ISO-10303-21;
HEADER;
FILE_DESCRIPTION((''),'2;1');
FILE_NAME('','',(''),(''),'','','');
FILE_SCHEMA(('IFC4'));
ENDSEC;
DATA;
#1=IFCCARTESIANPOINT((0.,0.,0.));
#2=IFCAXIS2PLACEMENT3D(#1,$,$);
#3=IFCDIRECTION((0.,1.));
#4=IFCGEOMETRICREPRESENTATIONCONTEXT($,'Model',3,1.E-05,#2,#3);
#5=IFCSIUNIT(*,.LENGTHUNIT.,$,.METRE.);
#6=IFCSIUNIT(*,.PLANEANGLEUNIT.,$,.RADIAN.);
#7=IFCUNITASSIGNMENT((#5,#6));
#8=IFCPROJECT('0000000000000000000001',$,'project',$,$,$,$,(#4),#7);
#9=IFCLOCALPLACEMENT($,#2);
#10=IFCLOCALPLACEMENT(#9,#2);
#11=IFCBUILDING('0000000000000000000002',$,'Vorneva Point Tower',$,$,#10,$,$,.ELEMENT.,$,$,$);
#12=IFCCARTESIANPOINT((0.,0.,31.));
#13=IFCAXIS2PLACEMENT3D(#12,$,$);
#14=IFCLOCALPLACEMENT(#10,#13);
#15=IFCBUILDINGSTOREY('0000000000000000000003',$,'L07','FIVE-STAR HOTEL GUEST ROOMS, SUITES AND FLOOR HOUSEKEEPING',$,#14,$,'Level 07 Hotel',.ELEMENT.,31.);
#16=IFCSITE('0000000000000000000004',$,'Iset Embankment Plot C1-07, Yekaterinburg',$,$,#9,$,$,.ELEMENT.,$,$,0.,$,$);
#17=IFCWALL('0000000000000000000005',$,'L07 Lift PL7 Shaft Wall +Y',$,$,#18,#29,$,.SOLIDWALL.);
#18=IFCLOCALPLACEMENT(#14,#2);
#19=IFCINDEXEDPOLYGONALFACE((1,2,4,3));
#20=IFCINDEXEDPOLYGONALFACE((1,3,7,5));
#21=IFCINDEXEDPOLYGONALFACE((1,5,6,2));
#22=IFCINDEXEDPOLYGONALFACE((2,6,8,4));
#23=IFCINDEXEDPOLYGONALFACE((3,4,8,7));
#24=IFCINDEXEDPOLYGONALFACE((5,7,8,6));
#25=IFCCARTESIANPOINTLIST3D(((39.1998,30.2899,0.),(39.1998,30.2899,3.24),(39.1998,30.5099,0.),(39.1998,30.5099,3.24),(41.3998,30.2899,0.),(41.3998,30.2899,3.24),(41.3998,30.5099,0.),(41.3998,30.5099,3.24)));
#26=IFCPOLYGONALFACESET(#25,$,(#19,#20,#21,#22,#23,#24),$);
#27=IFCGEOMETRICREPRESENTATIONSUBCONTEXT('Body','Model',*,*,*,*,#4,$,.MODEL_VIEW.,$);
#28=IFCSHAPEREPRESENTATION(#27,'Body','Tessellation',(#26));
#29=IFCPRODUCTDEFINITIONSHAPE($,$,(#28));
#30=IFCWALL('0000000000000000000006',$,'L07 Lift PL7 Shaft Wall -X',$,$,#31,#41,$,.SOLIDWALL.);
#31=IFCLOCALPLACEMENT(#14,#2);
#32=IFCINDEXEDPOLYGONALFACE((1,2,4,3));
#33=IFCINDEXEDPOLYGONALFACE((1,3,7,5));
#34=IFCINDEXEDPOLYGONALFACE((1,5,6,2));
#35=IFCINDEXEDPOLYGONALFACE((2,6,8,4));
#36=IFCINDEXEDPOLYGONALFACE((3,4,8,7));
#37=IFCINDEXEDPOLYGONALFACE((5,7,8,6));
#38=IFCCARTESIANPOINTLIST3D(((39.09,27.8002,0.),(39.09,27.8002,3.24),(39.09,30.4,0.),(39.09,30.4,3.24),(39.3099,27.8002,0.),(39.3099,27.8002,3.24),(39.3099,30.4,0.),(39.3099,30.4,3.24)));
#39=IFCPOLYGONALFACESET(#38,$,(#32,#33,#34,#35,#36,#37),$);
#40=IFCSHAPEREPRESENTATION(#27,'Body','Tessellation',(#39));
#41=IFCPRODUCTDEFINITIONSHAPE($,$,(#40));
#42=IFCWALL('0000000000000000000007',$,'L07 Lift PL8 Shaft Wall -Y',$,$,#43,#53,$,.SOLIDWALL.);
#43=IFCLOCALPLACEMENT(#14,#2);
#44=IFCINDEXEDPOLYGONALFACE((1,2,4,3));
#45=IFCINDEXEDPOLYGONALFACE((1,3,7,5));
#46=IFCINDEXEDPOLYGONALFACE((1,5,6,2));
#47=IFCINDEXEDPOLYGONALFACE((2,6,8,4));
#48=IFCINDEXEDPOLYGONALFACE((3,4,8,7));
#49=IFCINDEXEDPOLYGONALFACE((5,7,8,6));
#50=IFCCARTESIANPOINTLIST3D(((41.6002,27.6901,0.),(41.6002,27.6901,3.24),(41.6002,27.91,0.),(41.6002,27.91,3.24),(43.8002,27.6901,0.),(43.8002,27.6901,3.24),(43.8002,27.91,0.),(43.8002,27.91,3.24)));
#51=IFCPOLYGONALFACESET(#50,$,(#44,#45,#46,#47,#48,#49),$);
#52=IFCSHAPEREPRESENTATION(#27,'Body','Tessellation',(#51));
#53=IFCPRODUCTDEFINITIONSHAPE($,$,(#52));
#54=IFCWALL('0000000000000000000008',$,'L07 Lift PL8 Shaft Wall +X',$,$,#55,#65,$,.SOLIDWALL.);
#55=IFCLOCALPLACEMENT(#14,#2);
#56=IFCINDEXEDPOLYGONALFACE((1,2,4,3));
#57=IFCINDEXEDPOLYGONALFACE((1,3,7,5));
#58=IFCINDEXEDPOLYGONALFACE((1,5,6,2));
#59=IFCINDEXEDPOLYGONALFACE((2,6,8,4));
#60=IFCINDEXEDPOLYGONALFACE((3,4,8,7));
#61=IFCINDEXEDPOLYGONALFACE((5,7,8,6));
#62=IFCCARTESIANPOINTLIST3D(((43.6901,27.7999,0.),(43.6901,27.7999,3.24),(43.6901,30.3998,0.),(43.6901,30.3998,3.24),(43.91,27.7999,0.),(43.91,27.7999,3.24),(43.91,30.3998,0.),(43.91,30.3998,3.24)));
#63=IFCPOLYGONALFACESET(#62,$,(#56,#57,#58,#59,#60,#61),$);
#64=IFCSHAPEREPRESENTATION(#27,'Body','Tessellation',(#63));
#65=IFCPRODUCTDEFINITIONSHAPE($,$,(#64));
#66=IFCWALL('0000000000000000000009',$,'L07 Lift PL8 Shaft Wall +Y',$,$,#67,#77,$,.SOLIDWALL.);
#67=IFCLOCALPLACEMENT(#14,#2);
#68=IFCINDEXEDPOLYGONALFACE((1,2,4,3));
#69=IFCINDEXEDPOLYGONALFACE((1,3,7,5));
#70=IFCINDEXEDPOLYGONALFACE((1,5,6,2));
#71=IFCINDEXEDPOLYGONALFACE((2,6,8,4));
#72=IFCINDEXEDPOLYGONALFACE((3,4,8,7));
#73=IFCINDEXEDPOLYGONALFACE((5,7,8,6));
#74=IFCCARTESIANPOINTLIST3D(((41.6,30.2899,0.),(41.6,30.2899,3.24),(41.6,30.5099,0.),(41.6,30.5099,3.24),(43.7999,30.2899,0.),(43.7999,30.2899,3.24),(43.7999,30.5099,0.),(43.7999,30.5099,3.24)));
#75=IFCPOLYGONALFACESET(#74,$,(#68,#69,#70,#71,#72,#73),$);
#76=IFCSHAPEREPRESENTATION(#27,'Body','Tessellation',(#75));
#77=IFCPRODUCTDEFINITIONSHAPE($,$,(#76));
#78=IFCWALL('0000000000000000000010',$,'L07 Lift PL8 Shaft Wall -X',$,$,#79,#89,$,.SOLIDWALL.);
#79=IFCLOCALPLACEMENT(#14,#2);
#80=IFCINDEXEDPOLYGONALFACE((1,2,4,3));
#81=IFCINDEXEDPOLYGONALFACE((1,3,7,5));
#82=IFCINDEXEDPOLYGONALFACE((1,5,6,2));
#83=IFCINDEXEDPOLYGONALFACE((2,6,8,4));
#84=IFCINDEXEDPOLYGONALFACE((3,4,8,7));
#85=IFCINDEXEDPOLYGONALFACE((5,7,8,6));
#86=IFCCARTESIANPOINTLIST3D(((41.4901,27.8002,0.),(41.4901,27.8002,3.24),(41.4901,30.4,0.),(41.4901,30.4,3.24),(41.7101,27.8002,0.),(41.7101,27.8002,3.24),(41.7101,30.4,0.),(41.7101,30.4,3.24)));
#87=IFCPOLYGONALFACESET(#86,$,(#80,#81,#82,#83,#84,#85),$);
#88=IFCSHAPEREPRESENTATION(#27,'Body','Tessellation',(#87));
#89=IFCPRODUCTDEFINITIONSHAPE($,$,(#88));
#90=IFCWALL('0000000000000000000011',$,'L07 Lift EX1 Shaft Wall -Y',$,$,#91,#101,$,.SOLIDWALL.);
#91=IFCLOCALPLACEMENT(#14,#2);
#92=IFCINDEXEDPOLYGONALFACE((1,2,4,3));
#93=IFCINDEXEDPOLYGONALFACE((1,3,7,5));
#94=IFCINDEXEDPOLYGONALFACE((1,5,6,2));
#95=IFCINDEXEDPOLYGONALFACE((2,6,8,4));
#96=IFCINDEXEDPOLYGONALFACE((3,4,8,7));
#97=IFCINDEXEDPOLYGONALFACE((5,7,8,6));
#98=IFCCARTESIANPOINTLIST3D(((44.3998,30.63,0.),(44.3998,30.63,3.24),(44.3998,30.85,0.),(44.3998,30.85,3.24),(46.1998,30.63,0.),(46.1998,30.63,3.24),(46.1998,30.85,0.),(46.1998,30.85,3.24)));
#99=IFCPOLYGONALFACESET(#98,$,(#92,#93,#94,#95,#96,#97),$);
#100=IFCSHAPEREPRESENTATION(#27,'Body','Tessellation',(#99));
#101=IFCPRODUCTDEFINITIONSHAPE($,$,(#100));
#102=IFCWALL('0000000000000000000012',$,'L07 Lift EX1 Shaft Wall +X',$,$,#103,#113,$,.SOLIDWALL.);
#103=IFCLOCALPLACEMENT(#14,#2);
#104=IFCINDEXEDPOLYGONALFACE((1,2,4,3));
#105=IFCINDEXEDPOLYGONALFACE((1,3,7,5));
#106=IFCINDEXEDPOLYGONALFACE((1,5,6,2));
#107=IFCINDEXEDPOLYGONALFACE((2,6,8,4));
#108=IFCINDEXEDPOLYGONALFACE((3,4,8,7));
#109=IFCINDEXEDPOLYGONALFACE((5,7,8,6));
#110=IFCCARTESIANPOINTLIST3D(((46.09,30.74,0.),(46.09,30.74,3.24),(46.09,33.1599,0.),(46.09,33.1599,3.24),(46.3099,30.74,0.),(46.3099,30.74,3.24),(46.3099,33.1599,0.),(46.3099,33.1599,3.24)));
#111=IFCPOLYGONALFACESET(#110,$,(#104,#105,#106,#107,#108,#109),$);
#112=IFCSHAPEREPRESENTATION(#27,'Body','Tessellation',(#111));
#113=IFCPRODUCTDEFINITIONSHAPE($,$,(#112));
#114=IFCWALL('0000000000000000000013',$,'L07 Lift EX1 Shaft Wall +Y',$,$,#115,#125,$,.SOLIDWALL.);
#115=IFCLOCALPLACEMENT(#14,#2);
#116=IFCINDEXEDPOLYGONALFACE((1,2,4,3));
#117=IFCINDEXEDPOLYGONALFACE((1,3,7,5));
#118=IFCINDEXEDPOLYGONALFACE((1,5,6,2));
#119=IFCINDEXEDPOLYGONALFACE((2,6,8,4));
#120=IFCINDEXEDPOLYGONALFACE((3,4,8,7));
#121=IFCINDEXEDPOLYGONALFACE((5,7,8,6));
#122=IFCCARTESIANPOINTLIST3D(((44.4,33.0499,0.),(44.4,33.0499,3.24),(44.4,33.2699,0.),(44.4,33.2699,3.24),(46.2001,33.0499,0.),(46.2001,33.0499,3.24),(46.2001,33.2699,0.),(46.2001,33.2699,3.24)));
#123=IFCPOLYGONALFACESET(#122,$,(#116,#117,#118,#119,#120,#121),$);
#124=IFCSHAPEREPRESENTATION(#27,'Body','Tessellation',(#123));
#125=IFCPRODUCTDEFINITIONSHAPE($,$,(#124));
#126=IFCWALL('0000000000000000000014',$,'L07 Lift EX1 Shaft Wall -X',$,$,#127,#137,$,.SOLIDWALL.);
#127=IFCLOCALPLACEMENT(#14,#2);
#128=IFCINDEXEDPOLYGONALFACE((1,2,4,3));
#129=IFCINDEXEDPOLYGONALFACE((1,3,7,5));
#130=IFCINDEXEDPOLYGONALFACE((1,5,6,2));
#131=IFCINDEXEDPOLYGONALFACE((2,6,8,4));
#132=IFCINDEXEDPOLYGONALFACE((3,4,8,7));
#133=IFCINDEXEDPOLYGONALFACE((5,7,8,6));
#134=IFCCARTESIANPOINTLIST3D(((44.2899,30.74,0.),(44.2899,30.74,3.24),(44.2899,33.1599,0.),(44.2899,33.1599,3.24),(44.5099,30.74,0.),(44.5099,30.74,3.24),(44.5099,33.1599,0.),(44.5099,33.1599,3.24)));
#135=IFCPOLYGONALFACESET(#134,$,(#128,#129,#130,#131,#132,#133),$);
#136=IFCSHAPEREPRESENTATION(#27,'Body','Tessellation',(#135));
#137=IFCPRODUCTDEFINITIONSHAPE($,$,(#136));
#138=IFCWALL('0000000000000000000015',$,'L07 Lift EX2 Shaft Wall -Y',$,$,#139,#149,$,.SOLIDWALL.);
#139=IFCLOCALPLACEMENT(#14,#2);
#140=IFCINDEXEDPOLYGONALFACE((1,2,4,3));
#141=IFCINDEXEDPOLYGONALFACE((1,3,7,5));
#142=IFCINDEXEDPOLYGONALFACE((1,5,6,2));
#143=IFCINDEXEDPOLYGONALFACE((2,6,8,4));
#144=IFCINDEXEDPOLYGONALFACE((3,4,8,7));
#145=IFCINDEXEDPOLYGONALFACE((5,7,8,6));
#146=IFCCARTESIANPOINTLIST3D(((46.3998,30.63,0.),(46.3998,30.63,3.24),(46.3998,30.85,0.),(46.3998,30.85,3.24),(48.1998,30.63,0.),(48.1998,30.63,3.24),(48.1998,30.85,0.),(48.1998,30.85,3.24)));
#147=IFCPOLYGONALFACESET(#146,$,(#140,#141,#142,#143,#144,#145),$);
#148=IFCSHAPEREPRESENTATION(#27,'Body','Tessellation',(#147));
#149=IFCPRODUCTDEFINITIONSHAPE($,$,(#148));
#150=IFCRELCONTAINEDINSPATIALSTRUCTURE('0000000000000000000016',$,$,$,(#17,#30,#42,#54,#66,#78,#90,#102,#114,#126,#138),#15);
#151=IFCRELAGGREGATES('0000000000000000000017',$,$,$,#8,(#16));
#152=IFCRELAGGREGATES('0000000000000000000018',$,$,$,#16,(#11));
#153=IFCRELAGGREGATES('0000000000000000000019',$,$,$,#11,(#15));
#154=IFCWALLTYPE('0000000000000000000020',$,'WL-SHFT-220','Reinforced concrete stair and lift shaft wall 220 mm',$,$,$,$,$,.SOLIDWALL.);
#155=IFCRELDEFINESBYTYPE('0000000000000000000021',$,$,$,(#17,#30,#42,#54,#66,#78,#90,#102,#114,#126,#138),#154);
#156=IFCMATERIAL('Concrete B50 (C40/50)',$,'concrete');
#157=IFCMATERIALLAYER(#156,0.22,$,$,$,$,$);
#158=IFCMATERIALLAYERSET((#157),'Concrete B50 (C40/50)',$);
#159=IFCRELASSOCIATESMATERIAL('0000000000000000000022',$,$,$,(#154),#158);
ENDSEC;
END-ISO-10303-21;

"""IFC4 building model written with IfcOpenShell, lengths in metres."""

from ifc_helpers import new_model, si_unit, direction, frame, frame_2d, origin, place, context, subcontext, project, spatial, rectangle, extrude, material, layer, layer_set, type_object, element, save


model = new_model("IFC4")

# Units and contexts
model_context = context("Model", 3, precision=1e-05, world=origin(), true_north=direction((0.0, 1.0)))
body_context = subcontext(model_context, "Body", "Model", "MODEL_VIEW")
ifc_project = project(units=[si_unit("LENGTHUNIT", "METRE"), si_unit("PLANEANGLEUNIT", "RADIAN")], contexts=[model_context])

# Site, building, storey
site_placement = place(None, origin())
site = spatial("IfcSite", under=ifc_project, at=site_placement, Name="Iset Embankment Plot C1-07, Yekaterinburg", CompositionType="ELEMENT", RefElevation=0.0)
building_placement = place(site_placement, origin())
building = spatial("IfcBuilding", under=site, at=building_placement, Name="Vorneva Point Tower", CompositionType="ELEMENT")
storey_placement = place(building_placement, frame((0.0, 0.0, 31.0)))
storey = spatial("IfcBuildingStorey", under=building, at=storey_placement, Name="L07", Description="FIVE-STAR HOTEL GUEST ROOMS, SUITES AND FLOOR HOUSEKEEPING", LongName="Level 07 Hotel", CompositionType="ELEMENT", Elevation=31.0)

# Walls
ifc_material_1 = material(Name="Concrete B50 (C40/50)", Category="concrete")
ifc_layer_1 = layer(ifc_material_1, 0.22)
ifc_layer_set_1 = layer_set([ifc_layer_1], Name="Concrete B50 (C40/50)")
wall_type_1 = type_object("IfcWallType", Name="WL-SHFT-220", Description="Reinforced concrete stair and lift shaft wall 220 mm", PredefinedType="SOLIDWALL", material=ifc_layer_set_1)
wall_1_placement = place(storey_placement, frame((41.3999, 30.3999, 0.0), z_axis=(0.0, 0.0, 1.0), x_axis=(-1.0, 0.0, 0.0)))
element("IfcWall", 1, at=wall_1_placement, inside=storey, type_object=wall_type_1, Name="L07 Lift PL7 Shaft Wall +Y", PredefinedType="SOLIDWALL", context=body_context, shape_type="SweptSolid", body=[
    extrude(rectangle(XDim=2.2, YDim=0.22, at=frame_2d((1.1001, 0.0))), origin(), (0.0, 0.0, 1.0), 3.24),
])
wall_2_placement = place(storey_placement, frame((39.2, 30.3999, 0.0), z_axis=(0.0, 0.0, 1.0), x_axis=(0.0, -1.0, 0.0)))
element("IfcWall", 2, at=wall_2_placement, inside=storey, type_object=wall_type_1, Name="L07 Lift PL7 Shaft Wall -X", PredefinedType="SOLIDWALL", context=body_context, shape_type="SweptSolid", body=[
    extrude(rectangle(XDim=2.5999, YDim=0.22, at=frame_2d((1.2998, 0.0))), origin(), (0.0, 0.0, 1.0), 3.24),
])
wall_3_placement = place(storey_placement, frame((41.6001, 27.8, 0.0), z_axis=(0.0, 0.0, 1.0), x_axis=(1.0, 0.0, 0.0)))
element("IfcWall", 3, at=wall_3_placement, inside=storey, type_object=wall_type_1, Name="L07 Lift PL8 Shaft Wall -Y", PredefinedType="SOLIDWALL", context=body_context, shape_type="SweptSolid", body=[
    extrude(rectangle(XDim=2.2, YDim=0.22, at=frame_2d((1.1001, 0.0))), origin(), (0.0, 0.0, 1.0), 3.24),
])
wall_4_placement = place(storey_placement, frame((43.8, 27.8, 0.0), z_axis=(0.0, 0.0, 1.0), x_axis=(0.0, 1.0, 0.0)))
element("IfcWall", 4, at=wall_4_placement, inside=storey, type_object=wall_type_1, Name="L07 Lift PL8 Shaft Wall +X", PredefinedType="SOLIDWALL", context=body_context, shape_type="SweptSolid", body=[
    extrude(rectangle(XDim=2.5999, YDim=0.22, at=frame_2d((1.2998, 0.0))), origin(), (0.0, 0.0, 1.0), 3.24),
])
wall_5_placement = place(storey_placement, frame((43.8, 30.3999, 0.0), z_axis=(0.0, 0.0, 1.0), x_axis=(-1.0, 0.0, 0.0)))
element("IfcWall", 5, at=wall_5_placement, inside=storey, type_object=wall_type_1, Name="L07 Lift PL8 Shaft Wall +Y", PredefinedType="SOLIDWALL", context=body_context, shape_type="SweptSolid", body=[
    extrude(rectangle(XDim=2.2, YDim=0.22, at=frame_2d((1.1001, 0.0))), origin(), (0.0, 0.0, 1.0), 3.24),
])
wall_6_placement = place(storey_placement, frame((41.6001, 30.3999, 0.0), z_axis=(0.0, 0.0, 1.0), x_axis=(0.0, -1.0, 0.0)))
element("IfcWall", 6, at=wall_6_placement, inside=storey, type_object=wall_type_1, Name="L07 Lift PL8 Shaft Wall -X", PredefinedType="SOLIDWALL", context=body_context, shape_type="SweptSolid", body=[
    extrude(rectangle(XDim=2.5999, YDim=0.22, at=frame_2d((1.2998, 0.0))), origin(), (0.0, 0.0, 1.0), 3.24),
])
wall_7_placement = place(storey_placement, frame((44.3999, 30.74, 0.0), z_axis=(0.0, 0.0, 1.0), x_axis=(1.0, 0.0, 0.0)))
element("IfcWall", 7, at=wall_7_placement, inside=storey, type_object=wall_type_1, Name="L07 Lift EX1 Shaft Wall -Y", PredefinedType="SOLIDWALL", context=body_context, shape_type="SweptSolid", body=[
    extrude(rectangle(XDim=1.8, YDim=0.22, at=frame_2d((0.8999, 0.0))), origin(), (0.0, 0.0, 1.0), 3.24),
])
wall_8_placement = place(storey_placement, frame((46.2, 30.74, 0.0), z_axis=(0.0, 0.0, 1.0), x_axis=(0.0, 1.0, 0.0)))
element("IfcWall", 8, at=wall_8_placement, inside=storey, type_object=wall_type_1, Name="L07 Lift EX1 Shaft Wall +X", PredefinedType="SOLIDWALL", context=body_context, shape_type="SweptSolid", body=[
    extrude(rectangle(XDim=2.4199, YDim=0.22, at=frame_2d((1.21, 0.0))), origin(), (0.0, 0.0, 1.0), 3.24),
])
wall_9_placement = place(storey_placement, frame((46.2, 33.1599, 0.0), z_axis=(0.0, 0.0, 1.0), x_axis=(-1.0, 0.0, 0.0)))
element("IfcWall", 9, at=wall_9_placement, inside=storey, type_object=wall_type_1, Name="L07 Lift EX1 Shaft Wall +Y", PredefinedType="SOLIDWALL", context=body_context, shape_type="SweptSolid", body=[
    extrude(rectangle(XDim=1.8, YDim=0.22, at=frame_2d((0.8999, 0.0))), origin(), (0.0, 0.0, 1.0), 3.24),
])
wall_10_placement = place(storey_placement, frame((44.3999, 33.1599, 0.0), z_axis=(0.0, 0.0, 1.0), x_axis=(0.0, -1.0, 0.0)))
element("IfcWall", 10, at=wall_10_placement, inside=storey, type_object=wall_type_1, Name="L07 Lift EX1 Shaft Wall -X", PredefinedType="SOLIDWALL", context=body_context, shape_type="SweptSolid", body=[
    extrude(rectangle(XDim=2.4199, YDim=0.22, at=frame_2d((1.21, 0.0))), origin(), (0.0, 0.0, 1.0), 3.24),
])
wall_11_placement = place(storey_placement, frame((46.3999, 30.74, 0.0), z_axis=(0.0, 0.0, 1.0), x_axis=(1.0, 0.0, 0.0)))
element("IfcWall", 11, at=wall_11_placement, inside=storey, type_object=wall_type_1, Name="L07 Lift EX2 Shaft Wall -Y", PredefinedType="SOLIDWALL", context=body_context, shape_type="SweptSolid", body=[
    extrude(rectangle(XDim=1.8, YDim=0.22, at=frame_2d((0.8999, 0.0))), origin(), (0.0, 0.0, 1.0), 3.24),
])

save(model, "model.ifc")
